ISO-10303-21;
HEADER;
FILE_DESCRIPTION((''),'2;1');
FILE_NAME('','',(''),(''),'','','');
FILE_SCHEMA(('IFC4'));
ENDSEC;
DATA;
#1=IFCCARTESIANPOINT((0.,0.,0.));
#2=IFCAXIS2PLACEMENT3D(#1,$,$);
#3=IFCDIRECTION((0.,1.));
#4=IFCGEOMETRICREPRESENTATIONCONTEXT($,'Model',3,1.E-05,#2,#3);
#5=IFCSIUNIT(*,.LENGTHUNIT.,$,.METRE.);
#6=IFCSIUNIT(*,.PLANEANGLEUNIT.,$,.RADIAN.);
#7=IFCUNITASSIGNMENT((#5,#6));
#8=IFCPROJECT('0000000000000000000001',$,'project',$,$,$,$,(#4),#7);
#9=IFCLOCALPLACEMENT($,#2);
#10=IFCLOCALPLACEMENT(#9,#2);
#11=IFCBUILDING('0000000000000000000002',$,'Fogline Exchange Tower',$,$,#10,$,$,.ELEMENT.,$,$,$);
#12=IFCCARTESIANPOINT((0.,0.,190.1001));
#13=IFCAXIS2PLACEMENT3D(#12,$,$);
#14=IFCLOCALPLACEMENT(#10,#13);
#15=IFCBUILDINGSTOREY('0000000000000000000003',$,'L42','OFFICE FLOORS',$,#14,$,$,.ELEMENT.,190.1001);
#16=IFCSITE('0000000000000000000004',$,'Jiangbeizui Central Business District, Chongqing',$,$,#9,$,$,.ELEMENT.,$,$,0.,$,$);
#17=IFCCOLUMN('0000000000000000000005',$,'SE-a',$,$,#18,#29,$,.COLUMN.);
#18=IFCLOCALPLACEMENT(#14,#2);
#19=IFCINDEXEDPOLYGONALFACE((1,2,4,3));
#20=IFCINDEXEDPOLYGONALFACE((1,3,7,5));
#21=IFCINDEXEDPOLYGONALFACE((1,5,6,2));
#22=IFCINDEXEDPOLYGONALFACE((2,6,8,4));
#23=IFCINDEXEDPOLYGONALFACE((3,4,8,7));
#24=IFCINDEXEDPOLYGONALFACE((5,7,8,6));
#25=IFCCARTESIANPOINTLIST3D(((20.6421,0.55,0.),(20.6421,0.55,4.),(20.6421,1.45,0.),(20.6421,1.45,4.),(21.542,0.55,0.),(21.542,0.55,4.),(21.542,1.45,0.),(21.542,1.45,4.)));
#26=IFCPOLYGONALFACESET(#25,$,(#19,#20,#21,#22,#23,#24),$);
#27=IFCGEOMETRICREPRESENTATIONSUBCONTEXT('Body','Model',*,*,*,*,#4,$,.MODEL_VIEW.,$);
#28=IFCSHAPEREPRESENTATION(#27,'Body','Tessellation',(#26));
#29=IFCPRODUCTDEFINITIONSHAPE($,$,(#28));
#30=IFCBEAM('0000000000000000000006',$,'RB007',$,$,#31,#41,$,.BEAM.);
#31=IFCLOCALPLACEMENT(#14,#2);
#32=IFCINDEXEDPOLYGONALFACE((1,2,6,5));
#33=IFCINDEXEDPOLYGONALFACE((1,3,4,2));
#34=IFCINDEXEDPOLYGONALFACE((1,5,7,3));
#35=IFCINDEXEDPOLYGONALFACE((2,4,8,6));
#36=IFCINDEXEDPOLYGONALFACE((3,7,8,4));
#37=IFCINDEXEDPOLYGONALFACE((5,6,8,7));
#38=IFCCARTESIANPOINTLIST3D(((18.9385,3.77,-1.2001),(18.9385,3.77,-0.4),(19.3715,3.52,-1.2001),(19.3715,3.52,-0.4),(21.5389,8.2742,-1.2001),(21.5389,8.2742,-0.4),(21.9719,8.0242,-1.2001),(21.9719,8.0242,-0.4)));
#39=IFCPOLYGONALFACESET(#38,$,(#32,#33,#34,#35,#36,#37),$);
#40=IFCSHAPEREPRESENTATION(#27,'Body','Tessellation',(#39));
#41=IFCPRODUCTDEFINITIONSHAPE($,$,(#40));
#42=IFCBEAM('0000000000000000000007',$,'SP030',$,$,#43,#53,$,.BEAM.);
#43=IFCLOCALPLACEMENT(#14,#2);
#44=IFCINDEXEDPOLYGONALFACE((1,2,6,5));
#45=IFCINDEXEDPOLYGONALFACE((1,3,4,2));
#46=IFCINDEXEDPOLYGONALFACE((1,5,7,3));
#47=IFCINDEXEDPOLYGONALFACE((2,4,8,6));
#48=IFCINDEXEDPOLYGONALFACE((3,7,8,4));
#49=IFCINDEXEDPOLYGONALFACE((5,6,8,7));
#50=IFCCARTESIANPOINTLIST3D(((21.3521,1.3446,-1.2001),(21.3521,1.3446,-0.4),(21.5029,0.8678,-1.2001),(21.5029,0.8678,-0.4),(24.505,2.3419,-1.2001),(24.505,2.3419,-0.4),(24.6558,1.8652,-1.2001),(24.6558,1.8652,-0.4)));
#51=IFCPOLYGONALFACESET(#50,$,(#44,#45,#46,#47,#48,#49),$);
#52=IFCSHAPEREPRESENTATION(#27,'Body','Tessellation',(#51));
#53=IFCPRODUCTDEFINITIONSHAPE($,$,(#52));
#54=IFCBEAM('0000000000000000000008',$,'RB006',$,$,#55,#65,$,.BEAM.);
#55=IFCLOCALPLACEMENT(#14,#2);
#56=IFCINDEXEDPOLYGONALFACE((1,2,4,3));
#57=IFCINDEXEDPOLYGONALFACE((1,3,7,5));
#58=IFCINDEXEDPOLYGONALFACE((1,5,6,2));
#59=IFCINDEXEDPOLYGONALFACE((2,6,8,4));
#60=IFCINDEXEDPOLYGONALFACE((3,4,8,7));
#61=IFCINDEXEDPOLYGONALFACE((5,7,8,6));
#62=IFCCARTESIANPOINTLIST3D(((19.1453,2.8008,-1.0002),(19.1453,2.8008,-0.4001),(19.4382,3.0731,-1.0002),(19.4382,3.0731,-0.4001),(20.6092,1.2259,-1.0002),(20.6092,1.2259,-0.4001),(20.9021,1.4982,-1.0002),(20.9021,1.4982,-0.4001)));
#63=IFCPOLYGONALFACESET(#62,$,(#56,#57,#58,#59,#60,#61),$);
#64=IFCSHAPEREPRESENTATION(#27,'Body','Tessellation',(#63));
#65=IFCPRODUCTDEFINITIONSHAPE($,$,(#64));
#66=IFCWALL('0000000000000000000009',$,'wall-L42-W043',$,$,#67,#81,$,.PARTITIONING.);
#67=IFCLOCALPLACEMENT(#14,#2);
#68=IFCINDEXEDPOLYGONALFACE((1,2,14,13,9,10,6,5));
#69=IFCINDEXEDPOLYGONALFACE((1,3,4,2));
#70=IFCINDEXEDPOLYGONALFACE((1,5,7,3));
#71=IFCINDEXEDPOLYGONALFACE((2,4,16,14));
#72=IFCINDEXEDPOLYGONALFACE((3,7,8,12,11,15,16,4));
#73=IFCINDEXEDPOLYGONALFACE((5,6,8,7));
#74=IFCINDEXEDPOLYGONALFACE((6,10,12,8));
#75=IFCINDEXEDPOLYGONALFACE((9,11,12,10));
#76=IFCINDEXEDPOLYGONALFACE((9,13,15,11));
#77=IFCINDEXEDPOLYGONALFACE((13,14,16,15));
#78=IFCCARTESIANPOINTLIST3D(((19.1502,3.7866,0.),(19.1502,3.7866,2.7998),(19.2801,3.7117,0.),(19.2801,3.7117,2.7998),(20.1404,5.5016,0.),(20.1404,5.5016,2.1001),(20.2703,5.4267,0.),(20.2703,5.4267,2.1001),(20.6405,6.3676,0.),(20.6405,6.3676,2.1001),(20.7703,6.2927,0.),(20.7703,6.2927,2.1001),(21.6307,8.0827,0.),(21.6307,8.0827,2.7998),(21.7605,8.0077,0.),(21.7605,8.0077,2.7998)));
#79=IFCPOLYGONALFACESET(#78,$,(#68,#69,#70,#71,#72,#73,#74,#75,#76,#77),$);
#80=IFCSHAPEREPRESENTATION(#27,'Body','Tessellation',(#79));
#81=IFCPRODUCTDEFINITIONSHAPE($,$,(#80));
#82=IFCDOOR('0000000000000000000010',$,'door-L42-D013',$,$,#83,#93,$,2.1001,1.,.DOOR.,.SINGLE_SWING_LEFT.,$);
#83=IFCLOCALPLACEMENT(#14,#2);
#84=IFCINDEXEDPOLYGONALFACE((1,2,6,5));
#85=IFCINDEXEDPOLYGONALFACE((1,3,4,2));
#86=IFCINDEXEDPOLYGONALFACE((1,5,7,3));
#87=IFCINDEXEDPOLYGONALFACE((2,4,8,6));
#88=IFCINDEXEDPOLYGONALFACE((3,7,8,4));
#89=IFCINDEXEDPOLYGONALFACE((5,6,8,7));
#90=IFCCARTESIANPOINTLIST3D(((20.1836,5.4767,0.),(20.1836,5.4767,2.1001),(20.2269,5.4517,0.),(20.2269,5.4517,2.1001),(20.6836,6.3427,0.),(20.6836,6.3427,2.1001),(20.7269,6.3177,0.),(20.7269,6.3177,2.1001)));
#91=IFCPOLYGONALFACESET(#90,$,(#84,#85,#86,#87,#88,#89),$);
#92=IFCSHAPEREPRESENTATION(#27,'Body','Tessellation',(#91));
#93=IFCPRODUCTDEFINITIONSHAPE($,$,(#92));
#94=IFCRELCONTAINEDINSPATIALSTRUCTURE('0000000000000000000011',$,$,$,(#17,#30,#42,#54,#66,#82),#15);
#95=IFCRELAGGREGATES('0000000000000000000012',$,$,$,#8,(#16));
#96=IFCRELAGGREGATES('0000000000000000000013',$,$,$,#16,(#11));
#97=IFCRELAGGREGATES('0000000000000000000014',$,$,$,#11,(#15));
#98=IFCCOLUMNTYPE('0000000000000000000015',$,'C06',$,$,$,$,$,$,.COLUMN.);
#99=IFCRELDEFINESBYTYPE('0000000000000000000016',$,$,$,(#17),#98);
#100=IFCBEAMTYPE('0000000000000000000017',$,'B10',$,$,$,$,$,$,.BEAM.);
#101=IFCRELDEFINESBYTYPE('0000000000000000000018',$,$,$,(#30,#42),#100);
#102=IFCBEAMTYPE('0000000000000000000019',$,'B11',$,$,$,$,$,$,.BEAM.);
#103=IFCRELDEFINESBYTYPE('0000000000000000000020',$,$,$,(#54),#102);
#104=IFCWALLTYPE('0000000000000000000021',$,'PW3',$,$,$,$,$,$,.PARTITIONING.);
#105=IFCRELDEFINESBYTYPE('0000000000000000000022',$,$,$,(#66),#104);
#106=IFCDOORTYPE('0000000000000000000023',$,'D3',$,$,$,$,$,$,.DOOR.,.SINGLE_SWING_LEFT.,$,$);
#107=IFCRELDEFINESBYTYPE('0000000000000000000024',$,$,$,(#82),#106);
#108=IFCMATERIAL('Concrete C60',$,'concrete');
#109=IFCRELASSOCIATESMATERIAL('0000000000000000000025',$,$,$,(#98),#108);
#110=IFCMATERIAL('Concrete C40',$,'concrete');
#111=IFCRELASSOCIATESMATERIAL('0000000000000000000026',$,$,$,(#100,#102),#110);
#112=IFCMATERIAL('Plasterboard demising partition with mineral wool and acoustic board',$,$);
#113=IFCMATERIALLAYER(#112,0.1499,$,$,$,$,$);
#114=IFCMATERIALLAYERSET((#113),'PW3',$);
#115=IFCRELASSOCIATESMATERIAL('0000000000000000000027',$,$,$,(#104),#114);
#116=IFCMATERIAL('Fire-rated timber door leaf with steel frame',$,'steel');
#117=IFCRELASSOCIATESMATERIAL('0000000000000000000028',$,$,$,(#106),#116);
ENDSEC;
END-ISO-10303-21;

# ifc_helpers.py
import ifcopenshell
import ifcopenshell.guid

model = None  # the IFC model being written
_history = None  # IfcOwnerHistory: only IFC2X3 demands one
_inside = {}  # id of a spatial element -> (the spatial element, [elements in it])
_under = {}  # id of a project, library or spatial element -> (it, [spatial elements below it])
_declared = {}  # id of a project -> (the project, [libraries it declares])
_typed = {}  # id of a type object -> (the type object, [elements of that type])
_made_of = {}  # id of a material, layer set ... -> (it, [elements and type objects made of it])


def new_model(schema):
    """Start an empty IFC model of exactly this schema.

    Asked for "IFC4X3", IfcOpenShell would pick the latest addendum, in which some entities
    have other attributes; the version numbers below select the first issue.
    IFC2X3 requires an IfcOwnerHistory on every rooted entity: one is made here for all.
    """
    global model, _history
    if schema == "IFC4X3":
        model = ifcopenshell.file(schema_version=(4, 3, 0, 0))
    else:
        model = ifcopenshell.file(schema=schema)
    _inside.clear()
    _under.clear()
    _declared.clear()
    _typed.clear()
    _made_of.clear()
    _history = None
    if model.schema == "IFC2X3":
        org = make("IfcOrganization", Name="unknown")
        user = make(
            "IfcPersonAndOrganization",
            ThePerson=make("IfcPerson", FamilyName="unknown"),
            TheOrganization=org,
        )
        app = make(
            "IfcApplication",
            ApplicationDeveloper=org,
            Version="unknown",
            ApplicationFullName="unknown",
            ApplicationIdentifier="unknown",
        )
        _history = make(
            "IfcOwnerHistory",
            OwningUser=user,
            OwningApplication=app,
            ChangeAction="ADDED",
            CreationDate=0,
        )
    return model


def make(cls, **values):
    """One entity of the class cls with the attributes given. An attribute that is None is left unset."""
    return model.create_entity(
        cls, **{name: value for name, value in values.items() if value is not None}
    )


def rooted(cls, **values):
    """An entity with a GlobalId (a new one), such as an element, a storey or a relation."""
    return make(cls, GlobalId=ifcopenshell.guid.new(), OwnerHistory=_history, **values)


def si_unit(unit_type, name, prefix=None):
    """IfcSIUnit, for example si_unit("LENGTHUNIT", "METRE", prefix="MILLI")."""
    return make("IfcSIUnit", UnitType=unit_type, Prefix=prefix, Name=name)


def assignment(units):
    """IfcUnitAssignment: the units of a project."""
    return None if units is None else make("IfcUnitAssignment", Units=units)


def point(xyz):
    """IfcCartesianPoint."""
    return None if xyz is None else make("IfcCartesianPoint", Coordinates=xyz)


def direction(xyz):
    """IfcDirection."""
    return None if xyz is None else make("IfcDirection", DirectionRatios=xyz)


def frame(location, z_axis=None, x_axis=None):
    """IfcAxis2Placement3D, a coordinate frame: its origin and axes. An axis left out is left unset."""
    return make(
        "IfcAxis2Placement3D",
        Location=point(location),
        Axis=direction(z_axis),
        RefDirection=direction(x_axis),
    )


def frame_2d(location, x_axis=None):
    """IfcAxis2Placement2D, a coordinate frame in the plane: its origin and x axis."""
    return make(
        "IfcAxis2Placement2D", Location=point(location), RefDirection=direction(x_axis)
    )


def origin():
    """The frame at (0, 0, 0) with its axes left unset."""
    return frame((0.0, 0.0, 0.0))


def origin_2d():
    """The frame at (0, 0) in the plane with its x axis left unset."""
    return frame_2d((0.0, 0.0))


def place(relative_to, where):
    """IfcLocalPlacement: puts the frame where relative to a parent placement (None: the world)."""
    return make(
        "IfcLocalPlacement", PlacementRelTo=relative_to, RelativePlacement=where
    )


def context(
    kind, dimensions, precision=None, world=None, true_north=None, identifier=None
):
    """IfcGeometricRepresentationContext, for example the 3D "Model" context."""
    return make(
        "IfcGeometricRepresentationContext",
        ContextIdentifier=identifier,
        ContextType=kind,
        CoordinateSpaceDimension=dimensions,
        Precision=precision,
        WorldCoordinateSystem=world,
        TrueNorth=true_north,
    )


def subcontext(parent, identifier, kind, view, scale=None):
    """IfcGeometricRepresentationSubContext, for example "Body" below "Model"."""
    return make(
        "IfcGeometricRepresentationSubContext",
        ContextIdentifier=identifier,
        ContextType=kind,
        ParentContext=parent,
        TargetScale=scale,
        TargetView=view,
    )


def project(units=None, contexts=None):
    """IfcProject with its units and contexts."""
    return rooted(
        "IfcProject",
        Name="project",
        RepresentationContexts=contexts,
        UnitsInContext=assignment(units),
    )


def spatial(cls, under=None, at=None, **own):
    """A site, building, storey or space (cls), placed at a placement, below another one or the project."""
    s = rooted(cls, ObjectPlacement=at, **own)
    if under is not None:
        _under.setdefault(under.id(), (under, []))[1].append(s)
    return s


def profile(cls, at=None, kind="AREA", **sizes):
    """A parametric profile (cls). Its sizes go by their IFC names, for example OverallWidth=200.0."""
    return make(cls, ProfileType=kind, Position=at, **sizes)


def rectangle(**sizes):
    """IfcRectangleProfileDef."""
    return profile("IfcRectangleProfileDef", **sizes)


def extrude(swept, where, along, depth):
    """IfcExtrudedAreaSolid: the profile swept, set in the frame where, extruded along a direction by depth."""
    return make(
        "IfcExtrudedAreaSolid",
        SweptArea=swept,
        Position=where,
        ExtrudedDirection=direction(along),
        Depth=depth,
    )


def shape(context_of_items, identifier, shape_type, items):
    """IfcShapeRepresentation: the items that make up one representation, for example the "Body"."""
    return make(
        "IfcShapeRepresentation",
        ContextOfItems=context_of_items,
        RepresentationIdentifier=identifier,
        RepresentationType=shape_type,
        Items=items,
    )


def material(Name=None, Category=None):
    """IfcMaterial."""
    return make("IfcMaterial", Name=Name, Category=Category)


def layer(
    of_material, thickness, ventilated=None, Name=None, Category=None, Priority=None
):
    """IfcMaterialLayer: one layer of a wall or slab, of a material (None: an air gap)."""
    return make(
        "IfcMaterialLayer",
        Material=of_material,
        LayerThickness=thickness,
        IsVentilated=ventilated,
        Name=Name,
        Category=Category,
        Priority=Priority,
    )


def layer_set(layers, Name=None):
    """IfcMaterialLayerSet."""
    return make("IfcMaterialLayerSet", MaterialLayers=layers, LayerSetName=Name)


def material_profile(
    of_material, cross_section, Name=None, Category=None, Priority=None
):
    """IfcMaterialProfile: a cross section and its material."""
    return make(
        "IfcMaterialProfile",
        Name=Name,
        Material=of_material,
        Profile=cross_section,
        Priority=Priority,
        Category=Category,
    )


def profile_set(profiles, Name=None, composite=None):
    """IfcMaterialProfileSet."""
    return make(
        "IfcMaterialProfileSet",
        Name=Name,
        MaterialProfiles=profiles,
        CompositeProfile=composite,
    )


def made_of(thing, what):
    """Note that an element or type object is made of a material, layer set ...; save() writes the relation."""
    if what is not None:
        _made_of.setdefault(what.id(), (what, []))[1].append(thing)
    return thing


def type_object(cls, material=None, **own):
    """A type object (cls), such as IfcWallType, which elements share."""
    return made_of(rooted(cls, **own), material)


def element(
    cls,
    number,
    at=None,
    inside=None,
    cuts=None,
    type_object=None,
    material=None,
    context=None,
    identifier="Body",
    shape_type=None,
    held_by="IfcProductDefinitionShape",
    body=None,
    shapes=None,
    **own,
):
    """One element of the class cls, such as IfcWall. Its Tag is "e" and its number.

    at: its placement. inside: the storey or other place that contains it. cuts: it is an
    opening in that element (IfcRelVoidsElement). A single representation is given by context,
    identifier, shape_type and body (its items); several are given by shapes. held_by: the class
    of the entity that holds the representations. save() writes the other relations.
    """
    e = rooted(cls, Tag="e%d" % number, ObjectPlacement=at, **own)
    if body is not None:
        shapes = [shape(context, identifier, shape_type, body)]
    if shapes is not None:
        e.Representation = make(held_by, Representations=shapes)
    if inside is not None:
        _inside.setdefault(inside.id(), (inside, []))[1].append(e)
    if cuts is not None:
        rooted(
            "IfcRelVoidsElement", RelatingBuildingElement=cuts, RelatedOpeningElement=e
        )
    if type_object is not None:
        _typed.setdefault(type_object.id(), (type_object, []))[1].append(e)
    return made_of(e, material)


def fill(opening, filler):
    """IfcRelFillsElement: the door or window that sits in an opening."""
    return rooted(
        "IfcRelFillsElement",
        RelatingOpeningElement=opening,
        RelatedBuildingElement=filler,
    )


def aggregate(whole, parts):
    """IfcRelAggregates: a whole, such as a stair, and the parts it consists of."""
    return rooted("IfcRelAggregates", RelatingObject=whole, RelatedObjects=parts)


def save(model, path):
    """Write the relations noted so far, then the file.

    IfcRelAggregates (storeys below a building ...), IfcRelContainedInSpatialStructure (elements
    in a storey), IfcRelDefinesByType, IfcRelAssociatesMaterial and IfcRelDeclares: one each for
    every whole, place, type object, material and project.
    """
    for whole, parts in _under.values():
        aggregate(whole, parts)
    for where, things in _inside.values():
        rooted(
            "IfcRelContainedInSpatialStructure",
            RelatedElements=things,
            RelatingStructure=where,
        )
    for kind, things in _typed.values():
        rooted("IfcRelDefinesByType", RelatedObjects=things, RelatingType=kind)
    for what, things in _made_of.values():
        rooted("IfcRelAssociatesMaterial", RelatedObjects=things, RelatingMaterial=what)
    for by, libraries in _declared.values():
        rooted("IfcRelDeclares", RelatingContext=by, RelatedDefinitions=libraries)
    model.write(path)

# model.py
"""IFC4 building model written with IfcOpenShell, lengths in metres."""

from ifc_helpers import new_model, si_unit, direction, frame, frame_2d, origin, origin_2d, place, context, subcontext, project, spatial, rectangle, extrude, material, layer, layer_set, material_profile, profile_set, type_object, element, fill, save


model = new_model("IFC4")

# Units and contexts
model_context = context("Model", 3, precision=1e-05, world=origin(), true_north=direction((0.0, 1.0)))
body_context = subcontext(model_context, "Body", "Model", "MODEL_VIEW")
ifc_project = project(units=[si_unit("LENGTHUNIT", "METRE"), si_unit("PLANEANGLEUNIT", "RADIAN")], contexts=[model_context])

# Site, building, storey
site_placement = place(None, origin())
site = spatial("IfcSite", under=ifc_project, at=site_placement, Name="Jiangbeizui Central Business District, Chongqing", CompositionType="ELEMENT", RefElevation=0.0)
building_placement = place(site_placement, origin())
building = spatial("IfcBuilding", under=site, at=building_placement, Name="Fogline Exchange Tower", CompositionType="ELEMENT")
storey_placement = place(building_placement, frame((0.0, 0.0, 190.1001)))
storey = spatial("IfcBuildingStorey", under=building, at=storey_placement, Name="L42", Description="OFFICE FLOORS", CompositionType="ELEMENT", Elevation=190.1001)

# Column
ifc_material_1 = material(Name="Concrete C60", Category="concrete")
ifc_material_profile_1 = material_profile(ifc_material_1, rectangle(XDim=0.8999, YDim=0.8999, at=origin_2d()), Name="RC 900x900")
ifc_profile_set_1 = profile_set([ifc_material_profile_1], Name="Concrete C60")
column_type = type_object("IfcColumnType", Name="C06", PredefinedType="COLUMN", material=ifc_profile_set_1)
column_placement = place(storey_placement, frame((21.092, 1.0, 0.0), z_axis=(0.0, 0.0, 1.0), x_axis=(1.0, 0.0, 0.0)))
element("IfcColumn", 1, at=column_placement, inside=storey, type_object=column_type, Name="SE-a", PredefinedType="COLUMN", context=body_context, shape_type="SweptSolid", body=[
    extrude(rectangle(XDim=0.8999, YDim=0.8999, at=origin_2d()), origin(), (0.0, 0.0, 1.0), 4.0),
])

# Beams
ifc_material_2 = material(Name="Concrete C40", Category="concrete")
ifc_material_profile_2 = material_profile(ifc_material_2, rectangle(XDim=0.5, YDim=0.8, at=origin_2d()), Name="RC 500x800")
ifc_profile_set_2 = profile_set([ifc_material_profile_2], Name="Concrete C40")
beam_type_1 = type_object("IfcBeamType", Name="B10", PredefinedType="BEAM", material=ifc_profile_set_2)
beam_1_placement = place(storey_placement, frame((19.155, 3.645, -0.8), z_axis=(0.499981, 0.866036, 0.0), x_axis=(-0.866036, 0.499981, 0.0)))
element("IfcBeam", 2, at=beam_1_placement, inside=storey, type_object=beam_type_1, Name="RB007", PredefinedType="BEAM", context=body_context, shape_type="SweptSolid", body=[
    extrude(rectangle(XDim=0.5, YDim=0.8, at=origin_2d()), origin(), (0.0, 0.0, 1.0), 5.2009),
])
beam_2_placement = place(storey_placement, frame((21.4275, 1.1062, -0.8), z_axis=(0.953436, 0.301594, 0.0), x_axis=(-0.301594, 0.953436, 0.0)))
element("IfcBeam", 3, at=beam_2_placement, inside=storey, type_object=beam_type_1, Name="SP030", PredefinedType="BEAM", context=body_context, shape_type="SweptSolid", body=[
    extrude(rectangle(XDim=0.5, YDim=0.8, at=origin_2d()), origin(), (0.0, 0.0, 1.0), 3.3069),
])
ifc_material_profile_3 = material_profile(ifc_material_2, rectangle(XDim=0.3999, YDim=0.6001, at=origin_2d()), Name="RC 400x600")
ifc_profile_set_3 = profile_set([ifc_material_profile_3], Name="Concrete C40")
beam_type_2 = type_object("IfcBeamType", Name="B11", PredefinedType="BEAM", material=ifc_profile_set_3)
beam_3_placement = place(storey_placement, frame((20.7556, 1.3621, -0.7002), z_axis=(-0.680804, 0.732466, 0.0), x_axis=(-0.732466, -0.680804, 0.0)))
element("IfcBeam", 4, at=beam_3_placement, inside=storey, type_object=beam_type_2, Name="RB006", PredefinedType="BEAM", context=body_context, shape_type="SweptSolid", body=[
    extrude(rectangle(XDim=0.3999, YDim=0.6001, at=origin_2d()), origin(), (0.0, 0.0, 1.0), 2.1501),
])

# Wall, opening, door
ifc_material_3 = material(Name="Plasterboard demising partition with mineral wool and acoustic board")
ifc_layer_1 = layer(ifc_material_3, 0.1499)
ifc_layer_set_1 = layer_set([ifc_layer_1], Name="PW3")
wall_type_1 = type_object("IfcWallType", Name="PW3", PredefinedType="PARTITIONING", material=ifc_layer_set_1)
wall_1_placement = place(storey_placement, frame((19.2151, 3.749, 0.0), z_axis=(0.0, 0.0, 1.0), x_axis=(0.500014, 0.866018, 0.0)))
wall_1 = element("IfcWall", 5, at=wall_1_placement, inside=storey, type_object=wall_type_1, Name="wall-L42-W043", PredefinedType="PARTITIONING", context=body_context, shape_type="SweptSolid", body=[
    extrude(rectangle(XDim=4.9607, YDim=0.1499, at=frame_2d((2.4805, 0.0))), origin(), (0.0, 0.0, 1.0), 2.7998),
])
opening_1_placement = place(wall_1_placement, frame((1.9805, 0.0, 0.0)))
opening_1 = element("IfcOpeningElement", 6, at=opening_1_placement, cuts=wall_1, PredefinedType="OPENING", context=body_context, shape_type="SweptSolid", body=[
    extrude(rectangle(XDim=1.0, YDim=2.1001, at=frame_2d((0.5, 1.05))), frame((0.0, 0.085, 0.0), z_axis=(0.0, -1.0, 0.0), x_axis=(1.0, 0.0, 0.0)), (0.0, 0.0, 1.0), 0.1699),
])
ifc_material_4 = material(Name="Fire-rated timber door leaf with steel frame", Category="steel")
door_type_1 = type_object("IfcDoorType", Name="D3", OperationType="SINGLE_SWING_LEFT", PredefinedType="DOOR", material=ifc_material_4)
door_1_placement = place(opening_1_placement, frame((1.0, 0.0, 0.0), z_axis=(0.0, 0.0, 1.0), x_axis=(-1.0, 0.0, 0.0)))
door_1 = element("IfcDoor", 7, at=door_1_placement, inside=storey, type_object=door_type_1, Name="door-L42-D013", OperationType="SINGLE_SWING_LEFT", OverallHeight=2.1001, OverallWidth=1.0, PredefinedType="DOOR", context=body_context, shape_type="SweptSolid", body=[
    extrude(rectangle(XDim=1.0, YDim=2.1001, at=frame_2d((0.5, 1.05))), frame((0.0, 0.0249, 0.0), z_axis=(0.0, -1.0, 0.0), x_axis=(1.0, 0.0, 0.0)), (0.0, 0.0, 1.0), 0.05),
])
fill(opening_1, door_1)

save(model, "model.ifc")
